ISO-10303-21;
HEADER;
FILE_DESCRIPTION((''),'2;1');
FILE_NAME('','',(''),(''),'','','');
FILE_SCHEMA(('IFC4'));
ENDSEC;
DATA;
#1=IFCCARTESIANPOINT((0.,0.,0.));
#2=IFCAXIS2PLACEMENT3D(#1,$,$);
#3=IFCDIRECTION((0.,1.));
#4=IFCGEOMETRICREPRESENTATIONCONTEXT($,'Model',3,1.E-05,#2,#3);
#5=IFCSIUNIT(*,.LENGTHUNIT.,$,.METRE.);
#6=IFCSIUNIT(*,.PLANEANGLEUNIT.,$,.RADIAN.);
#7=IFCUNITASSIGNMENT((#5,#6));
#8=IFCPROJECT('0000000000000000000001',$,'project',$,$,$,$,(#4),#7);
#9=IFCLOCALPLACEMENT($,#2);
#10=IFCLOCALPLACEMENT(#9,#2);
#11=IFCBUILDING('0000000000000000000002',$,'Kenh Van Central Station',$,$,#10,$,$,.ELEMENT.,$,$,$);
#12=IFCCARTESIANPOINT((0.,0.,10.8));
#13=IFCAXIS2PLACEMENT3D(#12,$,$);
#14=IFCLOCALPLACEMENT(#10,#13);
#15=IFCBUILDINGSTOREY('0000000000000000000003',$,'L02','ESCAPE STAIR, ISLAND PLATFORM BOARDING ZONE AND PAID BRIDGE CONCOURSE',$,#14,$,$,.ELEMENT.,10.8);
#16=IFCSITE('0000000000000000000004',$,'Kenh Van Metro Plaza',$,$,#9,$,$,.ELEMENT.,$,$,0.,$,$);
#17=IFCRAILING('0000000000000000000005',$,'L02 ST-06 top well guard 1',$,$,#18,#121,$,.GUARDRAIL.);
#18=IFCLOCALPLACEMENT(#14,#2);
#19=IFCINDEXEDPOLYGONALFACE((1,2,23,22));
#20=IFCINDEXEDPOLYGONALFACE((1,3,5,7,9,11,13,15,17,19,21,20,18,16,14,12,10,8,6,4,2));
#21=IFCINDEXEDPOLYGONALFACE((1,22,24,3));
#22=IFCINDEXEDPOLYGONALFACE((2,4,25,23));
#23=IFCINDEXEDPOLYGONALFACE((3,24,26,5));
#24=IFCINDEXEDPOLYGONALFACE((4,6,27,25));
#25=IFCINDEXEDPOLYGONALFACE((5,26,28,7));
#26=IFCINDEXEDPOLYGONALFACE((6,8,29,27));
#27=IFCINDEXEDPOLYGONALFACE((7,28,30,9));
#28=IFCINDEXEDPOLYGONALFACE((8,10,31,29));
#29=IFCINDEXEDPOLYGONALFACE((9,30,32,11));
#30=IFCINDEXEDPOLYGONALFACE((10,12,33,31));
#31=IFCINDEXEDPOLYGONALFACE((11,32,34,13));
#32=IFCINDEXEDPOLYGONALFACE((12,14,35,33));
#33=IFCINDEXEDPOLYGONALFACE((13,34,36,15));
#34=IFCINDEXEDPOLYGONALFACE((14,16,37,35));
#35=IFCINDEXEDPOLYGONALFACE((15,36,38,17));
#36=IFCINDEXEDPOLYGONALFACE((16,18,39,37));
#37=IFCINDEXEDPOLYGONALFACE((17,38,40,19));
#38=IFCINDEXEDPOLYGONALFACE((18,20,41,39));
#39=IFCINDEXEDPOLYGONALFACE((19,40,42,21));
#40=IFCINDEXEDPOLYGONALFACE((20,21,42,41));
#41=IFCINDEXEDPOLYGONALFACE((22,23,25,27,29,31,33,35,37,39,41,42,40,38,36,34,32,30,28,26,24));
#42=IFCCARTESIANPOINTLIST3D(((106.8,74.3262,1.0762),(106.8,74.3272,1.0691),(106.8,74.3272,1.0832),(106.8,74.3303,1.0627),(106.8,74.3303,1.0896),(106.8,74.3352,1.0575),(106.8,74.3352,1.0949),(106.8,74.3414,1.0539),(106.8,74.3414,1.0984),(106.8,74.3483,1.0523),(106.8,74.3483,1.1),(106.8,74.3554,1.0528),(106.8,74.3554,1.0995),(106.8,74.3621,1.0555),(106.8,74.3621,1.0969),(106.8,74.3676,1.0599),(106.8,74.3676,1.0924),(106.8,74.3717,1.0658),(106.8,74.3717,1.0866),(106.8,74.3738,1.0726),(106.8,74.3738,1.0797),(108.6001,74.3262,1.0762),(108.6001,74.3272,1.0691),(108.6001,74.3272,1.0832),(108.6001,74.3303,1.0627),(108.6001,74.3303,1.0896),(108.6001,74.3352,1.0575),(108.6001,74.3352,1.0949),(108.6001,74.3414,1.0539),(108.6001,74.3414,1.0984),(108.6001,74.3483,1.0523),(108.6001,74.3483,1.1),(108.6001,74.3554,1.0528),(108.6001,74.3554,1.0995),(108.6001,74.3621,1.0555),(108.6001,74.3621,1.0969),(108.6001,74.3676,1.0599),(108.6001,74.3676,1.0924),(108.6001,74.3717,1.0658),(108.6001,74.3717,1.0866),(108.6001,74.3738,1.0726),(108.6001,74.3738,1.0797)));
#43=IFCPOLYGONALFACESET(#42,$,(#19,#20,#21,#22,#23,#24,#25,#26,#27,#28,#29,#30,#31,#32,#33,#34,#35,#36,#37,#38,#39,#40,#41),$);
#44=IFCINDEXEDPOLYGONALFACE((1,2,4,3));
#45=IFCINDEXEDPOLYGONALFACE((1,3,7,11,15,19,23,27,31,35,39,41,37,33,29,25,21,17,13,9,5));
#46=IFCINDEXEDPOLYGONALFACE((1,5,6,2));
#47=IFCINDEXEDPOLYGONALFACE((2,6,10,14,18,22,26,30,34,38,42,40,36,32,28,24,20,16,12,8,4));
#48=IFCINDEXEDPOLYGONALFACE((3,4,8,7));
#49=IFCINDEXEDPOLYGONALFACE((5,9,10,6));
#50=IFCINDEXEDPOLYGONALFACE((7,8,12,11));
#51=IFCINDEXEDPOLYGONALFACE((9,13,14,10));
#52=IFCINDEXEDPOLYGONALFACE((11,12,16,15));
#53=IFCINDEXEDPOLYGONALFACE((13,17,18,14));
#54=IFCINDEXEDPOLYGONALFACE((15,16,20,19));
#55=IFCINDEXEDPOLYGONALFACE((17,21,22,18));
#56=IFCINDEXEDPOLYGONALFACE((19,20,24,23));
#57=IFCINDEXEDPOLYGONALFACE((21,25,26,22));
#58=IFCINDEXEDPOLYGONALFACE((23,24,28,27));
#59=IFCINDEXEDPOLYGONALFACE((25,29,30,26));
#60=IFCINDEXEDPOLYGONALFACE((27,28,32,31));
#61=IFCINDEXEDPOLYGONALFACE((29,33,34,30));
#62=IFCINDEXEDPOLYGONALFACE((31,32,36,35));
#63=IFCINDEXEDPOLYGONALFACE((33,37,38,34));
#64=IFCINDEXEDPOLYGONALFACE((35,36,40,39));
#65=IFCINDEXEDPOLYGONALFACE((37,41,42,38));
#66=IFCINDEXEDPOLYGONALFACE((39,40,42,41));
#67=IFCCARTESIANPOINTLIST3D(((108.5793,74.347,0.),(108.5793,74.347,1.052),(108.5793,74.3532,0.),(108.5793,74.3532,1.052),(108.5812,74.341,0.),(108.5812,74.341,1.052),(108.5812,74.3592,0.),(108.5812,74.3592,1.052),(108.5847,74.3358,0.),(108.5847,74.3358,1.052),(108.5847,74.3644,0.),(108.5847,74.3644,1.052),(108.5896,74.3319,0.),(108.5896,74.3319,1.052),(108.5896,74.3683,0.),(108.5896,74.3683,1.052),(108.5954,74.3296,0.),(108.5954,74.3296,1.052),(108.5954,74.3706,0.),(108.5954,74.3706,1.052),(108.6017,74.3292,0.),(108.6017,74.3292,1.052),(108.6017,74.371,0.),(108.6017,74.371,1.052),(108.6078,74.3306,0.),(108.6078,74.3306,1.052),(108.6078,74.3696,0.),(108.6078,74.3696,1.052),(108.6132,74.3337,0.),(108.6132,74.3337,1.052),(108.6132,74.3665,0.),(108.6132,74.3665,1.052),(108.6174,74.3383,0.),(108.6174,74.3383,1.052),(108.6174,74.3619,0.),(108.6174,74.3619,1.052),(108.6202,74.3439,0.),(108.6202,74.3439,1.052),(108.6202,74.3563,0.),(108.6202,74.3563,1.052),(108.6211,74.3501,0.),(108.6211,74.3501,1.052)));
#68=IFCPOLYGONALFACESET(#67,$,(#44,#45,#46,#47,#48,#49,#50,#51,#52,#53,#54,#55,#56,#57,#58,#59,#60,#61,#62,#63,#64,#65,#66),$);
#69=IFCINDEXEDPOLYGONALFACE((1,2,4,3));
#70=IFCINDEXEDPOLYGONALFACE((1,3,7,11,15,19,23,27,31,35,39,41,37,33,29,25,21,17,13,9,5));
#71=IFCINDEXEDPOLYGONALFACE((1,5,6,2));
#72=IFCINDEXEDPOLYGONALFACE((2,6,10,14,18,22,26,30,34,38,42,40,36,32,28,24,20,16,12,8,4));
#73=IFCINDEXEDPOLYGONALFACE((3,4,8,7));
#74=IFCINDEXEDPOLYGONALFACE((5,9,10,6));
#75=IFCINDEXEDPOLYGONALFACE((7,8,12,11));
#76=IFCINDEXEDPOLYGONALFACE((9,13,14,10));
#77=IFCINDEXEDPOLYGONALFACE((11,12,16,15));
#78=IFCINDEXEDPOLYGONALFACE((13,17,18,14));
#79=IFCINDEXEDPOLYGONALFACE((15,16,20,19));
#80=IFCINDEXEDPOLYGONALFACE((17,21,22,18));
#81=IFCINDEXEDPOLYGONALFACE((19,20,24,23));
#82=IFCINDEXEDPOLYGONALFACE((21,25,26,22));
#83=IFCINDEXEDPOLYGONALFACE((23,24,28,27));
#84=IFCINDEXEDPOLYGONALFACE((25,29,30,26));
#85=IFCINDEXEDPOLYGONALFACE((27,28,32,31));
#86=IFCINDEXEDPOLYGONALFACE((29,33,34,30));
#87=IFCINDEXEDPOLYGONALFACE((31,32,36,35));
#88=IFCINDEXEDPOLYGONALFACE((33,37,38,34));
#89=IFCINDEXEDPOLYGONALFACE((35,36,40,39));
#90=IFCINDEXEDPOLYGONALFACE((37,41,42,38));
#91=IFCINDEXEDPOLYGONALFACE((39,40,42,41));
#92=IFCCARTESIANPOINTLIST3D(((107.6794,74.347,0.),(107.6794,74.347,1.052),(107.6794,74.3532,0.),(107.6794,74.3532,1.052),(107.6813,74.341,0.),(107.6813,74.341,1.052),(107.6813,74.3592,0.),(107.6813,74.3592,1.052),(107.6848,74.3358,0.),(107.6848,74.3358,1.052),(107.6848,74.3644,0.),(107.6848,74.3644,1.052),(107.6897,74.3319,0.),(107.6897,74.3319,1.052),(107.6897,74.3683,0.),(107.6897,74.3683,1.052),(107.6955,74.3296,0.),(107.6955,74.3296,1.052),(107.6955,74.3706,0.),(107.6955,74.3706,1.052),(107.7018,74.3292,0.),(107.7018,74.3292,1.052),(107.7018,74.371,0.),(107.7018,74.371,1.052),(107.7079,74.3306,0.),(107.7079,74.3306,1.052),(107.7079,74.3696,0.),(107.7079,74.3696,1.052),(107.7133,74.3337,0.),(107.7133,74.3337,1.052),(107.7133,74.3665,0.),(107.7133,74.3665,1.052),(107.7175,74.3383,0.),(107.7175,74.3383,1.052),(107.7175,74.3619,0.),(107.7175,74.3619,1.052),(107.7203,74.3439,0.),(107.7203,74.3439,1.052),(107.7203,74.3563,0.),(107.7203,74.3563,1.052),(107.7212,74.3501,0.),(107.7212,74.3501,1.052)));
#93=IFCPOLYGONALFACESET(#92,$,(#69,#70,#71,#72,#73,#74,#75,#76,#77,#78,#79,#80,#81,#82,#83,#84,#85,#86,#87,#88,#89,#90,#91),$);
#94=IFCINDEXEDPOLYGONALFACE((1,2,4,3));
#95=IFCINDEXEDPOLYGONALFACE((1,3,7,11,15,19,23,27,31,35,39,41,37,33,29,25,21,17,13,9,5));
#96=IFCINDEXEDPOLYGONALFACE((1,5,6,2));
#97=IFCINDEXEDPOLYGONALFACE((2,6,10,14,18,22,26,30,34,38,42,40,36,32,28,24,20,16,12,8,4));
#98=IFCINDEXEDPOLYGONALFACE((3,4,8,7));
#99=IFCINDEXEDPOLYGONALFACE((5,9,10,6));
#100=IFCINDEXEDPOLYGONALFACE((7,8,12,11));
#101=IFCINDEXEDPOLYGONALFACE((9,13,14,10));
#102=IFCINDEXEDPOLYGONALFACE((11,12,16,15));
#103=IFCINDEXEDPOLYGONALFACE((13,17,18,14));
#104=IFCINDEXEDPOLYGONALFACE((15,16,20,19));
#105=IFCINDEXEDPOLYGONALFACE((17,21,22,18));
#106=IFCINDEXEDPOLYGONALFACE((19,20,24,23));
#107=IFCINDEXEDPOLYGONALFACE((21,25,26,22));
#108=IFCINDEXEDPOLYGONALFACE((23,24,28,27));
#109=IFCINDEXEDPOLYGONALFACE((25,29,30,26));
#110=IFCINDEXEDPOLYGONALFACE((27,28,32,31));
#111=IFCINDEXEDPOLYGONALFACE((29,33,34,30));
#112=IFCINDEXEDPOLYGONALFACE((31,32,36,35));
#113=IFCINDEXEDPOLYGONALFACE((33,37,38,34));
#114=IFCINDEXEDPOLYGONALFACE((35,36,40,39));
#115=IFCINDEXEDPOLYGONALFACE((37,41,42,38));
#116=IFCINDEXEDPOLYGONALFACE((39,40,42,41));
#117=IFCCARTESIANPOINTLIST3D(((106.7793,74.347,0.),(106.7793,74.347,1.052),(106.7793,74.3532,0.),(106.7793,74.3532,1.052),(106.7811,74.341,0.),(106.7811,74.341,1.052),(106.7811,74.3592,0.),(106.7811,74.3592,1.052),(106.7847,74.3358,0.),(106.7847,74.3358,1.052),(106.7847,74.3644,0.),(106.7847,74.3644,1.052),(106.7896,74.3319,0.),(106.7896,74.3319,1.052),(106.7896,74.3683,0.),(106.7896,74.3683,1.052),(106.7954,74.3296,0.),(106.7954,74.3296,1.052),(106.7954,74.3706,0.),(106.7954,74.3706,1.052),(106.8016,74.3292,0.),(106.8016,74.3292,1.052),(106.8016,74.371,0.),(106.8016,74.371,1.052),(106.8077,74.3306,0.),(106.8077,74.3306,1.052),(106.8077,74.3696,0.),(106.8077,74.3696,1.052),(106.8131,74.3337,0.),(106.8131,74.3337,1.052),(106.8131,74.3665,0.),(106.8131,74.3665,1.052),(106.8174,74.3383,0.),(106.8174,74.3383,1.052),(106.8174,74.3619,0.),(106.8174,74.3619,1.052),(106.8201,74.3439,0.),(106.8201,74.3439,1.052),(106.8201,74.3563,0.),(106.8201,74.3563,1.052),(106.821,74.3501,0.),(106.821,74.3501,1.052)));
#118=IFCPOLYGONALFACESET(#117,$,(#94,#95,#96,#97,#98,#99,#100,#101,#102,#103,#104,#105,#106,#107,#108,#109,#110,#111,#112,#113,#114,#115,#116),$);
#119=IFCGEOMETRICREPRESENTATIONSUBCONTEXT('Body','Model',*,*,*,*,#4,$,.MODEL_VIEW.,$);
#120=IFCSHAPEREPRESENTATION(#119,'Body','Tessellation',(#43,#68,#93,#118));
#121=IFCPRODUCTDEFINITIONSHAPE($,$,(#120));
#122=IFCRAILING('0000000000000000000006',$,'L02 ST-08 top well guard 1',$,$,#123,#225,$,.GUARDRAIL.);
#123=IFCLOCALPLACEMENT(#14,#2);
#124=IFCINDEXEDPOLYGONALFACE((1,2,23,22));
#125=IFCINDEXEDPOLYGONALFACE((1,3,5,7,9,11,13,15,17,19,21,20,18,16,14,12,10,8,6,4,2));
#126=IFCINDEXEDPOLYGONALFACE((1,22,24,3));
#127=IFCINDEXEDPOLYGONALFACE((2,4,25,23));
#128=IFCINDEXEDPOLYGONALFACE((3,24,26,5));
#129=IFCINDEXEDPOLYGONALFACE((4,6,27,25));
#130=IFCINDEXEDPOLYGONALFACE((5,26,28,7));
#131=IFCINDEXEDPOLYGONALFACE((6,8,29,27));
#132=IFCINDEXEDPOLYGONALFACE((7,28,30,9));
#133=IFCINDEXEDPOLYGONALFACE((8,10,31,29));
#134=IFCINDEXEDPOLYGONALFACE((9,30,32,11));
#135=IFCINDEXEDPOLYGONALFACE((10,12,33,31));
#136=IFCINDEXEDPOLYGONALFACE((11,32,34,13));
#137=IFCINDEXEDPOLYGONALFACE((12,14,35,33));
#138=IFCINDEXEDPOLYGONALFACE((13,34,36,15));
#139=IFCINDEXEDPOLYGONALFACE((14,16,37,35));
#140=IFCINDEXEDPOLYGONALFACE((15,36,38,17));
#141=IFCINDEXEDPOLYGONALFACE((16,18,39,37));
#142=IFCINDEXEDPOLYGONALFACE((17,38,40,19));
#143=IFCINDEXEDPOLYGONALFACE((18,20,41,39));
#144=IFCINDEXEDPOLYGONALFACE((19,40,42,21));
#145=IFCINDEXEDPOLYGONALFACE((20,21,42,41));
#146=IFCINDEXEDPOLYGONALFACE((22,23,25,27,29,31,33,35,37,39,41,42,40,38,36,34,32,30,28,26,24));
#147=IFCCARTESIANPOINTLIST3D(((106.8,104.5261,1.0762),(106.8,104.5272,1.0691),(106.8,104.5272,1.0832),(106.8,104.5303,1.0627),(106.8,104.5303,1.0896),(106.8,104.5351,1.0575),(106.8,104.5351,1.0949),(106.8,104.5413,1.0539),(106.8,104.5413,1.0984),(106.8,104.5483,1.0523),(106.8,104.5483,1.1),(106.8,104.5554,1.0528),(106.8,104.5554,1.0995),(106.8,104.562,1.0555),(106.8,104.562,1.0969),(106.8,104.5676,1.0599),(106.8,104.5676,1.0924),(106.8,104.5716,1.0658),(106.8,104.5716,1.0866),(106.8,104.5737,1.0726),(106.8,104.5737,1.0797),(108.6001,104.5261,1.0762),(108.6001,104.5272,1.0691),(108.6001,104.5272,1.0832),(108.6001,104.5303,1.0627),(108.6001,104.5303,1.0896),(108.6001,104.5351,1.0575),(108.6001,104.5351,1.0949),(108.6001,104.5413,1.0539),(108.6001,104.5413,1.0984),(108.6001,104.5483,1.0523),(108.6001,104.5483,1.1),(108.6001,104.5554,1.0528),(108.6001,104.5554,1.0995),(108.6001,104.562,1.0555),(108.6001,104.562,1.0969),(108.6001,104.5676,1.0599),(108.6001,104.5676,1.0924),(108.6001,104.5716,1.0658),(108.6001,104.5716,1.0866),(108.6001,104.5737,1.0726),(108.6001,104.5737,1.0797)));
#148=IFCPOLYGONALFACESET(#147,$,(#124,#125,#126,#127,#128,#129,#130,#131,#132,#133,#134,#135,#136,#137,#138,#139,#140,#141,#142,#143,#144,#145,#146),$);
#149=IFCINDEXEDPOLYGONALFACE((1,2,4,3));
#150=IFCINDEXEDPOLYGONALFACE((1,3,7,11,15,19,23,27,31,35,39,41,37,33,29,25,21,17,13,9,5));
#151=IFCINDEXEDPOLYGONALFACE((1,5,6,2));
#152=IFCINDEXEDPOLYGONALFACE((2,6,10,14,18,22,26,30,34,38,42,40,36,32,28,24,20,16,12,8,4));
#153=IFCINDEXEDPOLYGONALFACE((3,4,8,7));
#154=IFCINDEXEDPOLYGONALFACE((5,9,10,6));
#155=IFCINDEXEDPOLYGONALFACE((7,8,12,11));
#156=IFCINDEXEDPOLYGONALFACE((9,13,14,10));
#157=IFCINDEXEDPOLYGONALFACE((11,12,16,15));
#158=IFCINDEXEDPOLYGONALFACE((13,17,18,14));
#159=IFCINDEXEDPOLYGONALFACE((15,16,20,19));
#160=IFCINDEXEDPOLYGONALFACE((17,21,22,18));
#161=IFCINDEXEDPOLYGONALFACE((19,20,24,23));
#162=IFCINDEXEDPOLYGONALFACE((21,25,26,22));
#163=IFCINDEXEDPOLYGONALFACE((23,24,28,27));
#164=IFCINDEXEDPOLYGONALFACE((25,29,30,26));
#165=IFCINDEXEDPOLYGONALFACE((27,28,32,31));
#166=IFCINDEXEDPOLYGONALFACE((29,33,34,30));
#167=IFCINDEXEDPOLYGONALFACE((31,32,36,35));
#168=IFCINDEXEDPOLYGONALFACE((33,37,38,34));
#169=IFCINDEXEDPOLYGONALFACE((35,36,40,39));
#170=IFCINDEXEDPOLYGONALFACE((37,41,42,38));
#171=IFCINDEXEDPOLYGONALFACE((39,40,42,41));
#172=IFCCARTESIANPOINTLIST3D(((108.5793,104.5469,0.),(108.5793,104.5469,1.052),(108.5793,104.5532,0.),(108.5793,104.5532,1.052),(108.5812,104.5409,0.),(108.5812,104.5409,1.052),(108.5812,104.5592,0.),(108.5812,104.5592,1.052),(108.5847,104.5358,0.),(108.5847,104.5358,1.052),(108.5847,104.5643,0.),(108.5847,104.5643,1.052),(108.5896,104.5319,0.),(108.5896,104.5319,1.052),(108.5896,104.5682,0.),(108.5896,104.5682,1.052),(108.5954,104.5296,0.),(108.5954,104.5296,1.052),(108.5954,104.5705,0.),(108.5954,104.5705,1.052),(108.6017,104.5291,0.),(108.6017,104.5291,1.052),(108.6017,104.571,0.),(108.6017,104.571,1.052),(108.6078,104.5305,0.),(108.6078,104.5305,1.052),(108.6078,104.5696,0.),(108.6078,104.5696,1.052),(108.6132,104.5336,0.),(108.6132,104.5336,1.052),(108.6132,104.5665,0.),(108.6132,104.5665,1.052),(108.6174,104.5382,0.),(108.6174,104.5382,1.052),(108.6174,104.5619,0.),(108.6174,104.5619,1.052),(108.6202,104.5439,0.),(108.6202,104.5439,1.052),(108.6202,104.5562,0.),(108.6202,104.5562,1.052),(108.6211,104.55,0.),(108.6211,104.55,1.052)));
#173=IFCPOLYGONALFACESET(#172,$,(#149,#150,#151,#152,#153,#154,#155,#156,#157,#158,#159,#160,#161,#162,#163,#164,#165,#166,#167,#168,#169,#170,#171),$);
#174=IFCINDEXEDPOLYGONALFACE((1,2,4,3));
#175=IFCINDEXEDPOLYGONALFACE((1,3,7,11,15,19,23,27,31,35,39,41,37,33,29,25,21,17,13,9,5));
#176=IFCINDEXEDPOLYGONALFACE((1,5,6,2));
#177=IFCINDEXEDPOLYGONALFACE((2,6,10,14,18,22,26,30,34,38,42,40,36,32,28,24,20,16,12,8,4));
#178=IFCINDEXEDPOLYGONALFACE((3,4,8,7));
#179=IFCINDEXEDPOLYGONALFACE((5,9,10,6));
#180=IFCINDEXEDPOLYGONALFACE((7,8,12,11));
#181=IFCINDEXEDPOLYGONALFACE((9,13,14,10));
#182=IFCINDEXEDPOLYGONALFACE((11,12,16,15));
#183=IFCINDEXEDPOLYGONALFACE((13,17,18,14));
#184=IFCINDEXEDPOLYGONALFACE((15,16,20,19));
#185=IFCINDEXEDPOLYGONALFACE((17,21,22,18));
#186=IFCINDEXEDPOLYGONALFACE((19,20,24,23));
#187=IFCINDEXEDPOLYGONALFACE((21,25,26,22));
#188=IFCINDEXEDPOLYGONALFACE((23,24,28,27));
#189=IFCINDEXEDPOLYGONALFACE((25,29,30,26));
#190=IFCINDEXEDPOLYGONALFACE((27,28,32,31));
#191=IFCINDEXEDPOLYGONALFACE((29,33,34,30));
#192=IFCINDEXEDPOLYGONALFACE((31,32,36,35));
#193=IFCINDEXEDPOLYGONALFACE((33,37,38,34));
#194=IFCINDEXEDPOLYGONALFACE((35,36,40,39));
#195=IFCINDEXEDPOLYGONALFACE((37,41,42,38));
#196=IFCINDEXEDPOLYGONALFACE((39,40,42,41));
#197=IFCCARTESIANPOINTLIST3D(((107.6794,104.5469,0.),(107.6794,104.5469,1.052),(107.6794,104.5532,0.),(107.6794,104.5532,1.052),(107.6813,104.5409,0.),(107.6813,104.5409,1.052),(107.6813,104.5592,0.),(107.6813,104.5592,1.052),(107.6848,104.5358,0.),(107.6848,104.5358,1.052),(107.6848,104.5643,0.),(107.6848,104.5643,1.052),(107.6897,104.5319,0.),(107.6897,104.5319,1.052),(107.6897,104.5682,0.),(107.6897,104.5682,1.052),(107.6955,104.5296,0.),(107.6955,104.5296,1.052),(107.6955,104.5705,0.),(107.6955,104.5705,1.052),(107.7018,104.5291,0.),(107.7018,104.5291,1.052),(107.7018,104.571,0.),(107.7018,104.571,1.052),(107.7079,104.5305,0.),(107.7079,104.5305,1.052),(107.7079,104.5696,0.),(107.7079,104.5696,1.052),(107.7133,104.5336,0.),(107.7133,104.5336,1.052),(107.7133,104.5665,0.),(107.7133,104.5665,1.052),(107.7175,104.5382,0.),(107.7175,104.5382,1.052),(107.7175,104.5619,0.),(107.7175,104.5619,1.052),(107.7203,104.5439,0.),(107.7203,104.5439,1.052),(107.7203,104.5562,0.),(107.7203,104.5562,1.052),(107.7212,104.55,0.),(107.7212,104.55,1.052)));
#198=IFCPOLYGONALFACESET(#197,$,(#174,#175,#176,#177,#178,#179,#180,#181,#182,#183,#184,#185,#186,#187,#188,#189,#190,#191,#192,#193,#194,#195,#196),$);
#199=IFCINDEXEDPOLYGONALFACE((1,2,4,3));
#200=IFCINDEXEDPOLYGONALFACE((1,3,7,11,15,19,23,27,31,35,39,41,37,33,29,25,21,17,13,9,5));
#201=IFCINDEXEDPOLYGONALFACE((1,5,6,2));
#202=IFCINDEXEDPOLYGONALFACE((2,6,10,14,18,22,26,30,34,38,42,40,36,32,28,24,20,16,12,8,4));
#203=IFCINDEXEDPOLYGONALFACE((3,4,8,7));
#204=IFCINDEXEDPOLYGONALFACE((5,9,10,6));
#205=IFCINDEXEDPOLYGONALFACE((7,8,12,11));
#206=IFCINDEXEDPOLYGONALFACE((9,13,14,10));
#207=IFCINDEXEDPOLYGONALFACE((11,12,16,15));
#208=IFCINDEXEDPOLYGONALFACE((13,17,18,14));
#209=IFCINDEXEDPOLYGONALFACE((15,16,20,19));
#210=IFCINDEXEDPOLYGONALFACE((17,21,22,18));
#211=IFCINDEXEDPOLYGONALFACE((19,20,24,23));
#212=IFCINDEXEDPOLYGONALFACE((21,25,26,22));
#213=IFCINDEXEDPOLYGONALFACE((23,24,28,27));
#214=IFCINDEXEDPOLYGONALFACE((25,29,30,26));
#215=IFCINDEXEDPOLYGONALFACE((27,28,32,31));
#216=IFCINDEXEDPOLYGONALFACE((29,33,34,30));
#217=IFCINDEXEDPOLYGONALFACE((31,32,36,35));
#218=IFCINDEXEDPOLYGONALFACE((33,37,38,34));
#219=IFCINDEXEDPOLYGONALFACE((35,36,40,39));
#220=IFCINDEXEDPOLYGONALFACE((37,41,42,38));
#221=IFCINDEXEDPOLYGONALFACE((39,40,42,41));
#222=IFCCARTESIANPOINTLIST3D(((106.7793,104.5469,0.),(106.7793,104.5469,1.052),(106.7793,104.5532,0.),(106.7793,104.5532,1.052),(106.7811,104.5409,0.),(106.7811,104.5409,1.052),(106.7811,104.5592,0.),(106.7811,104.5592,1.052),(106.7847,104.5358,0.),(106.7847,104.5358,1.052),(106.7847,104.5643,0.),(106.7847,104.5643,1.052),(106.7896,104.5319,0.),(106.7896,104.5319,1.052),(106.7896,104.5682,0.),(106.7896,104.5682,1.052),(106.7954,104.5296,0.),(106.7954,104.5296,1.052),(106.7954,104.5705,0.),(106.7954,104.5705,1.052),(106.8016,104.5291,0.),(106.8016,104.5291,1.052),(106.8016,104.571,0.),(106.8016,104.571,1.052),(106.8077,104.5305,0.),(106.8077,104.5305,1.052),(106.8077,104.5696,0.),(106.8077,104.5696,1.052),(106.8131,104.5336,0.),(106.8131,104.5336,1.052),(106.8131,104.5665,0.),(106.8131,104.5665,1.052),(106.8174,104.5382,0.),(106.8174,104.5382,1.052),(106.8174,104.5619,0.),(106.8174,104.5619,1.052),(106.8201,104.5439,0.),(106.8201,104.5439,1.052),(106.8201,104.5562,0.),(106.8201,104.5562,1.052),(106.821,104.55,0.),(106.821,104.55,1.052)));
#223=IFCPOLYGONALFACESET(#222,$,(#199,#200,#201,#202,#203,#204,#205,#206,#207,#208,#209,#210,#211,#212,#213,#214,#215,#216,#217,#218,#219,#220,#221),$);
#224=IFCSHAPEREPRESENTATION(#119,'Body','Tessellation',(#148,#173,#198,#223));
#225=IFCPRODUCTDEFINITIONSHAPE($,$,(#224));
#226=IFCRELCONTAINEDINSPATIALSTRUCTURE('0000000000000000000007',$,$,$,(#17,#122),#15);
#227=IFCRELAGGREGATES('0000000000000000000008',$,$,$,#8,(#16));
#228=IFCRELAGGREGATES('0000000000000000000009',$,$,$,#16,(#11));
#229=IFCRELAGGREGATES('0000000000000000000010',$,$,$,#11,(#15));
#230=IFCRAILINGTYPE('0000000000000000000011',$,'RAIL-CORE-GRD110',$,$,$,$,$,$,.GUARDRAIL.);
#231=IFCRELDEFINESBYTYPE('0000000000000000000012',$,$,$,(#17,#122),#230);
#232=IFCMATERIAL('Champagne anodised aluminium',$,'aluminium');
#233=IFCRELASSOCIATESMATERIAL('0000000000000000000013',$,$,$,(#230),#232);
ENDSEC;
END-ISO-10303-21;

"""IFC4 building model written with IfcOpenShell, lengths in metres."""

from ifc_helpers import new_model, si_unit, direction, frame, origin, origin_2d, place, context, subcontext, project, spatial, circle, extrude, material, type_object, element, save


model = new_model("IFC4")

# Units and contexts
model_context = context("Model", 3, precision=1e-05, world=origin(), true_north=direction((0.0, 1.0)))
body_context = subcontext(model_context, "Body", "Model", "MODEL_VIEW")
ifc_project = project(units=[si_unit("LENGTHUNIT", "METRE"), si_unit("PLANEANGLEUNIT", "RADIAN")], contexts=[model_context])

# Site, building, storey
site_placement = place(None, origin())
site = spatial("IfcSite", under=ifc_project, at=site_placement, Name="Kenh Van Metro Plaza", CompositionType="ELEMENT", RefElevation=0.0)
building_placement = place(site_placement, origin())
building = spatial("IfcBuilding", under=site, at=building_placement, Name="Kenh Van Central Station", CompositionType="ELEMENT")
storey_placement = place(building_placement, frame((0.0, 0.0, 10.8)))
storey = spatial("IfcBuildingStorey", under=building, at=storey_placement, Name="L02", Description="ESCAPE STAIR, ISLAND PLATFORM BOARDING ZONE AND PAID BRIDGE CONCOURSE", CompositionType="ELEMENT", Elevation=10.8)

# Shared definitions
ifc_material_1 = material(Name="Champagne anodised aluminium", Category="aluminium")

# Railings
railing_type_1 = type_object("IfcRailingType", Name="RAIL-CORE-GRD110", PredefinedType="GUARDRAIL", material=ifc_material_1)
for number, where, name in (
    (1, (108.6001, 74.3501, 0.0), "L02 ST-06 top well guard 1"),
    (2, (108.6001, 104.55, 0.0), "L02 ST-08 top well guard 1"),
):
    element("IfcRailing", number, at=place(storey_placement, frame(where)), inside=storey, type_object=railing_type_1, Name=name, PredefinedType="GUARDRAIL", context=body_context, shape_type="SweptSolid", body=[
        extrude(circle(Radius=0.0239, at=origin_2d()), frame((0.0, 0.0, 1.0762), z_axis=(-1.0, 0.0, 0.0), x_axis=(0.0, -1.0, 0.0)), (0.0, 0.0, 1.0), 1.8),
        extrude(circle(Radius=0.021, at=origin_2d()), origin(), (0.0, 0.0, 1.0), 1.052),
        extrude(circle(Radius=0.021, at=origin_2d()), frame((-0.8999, 0.0, 0.0)), (0.0, 0.0, 1.0), 1.052),
        extrude(circle(Radius=0.021, at=origin_2d()), frame((-1.8, 0.0, 0.0)), (0.0, 0.0, 1.0), 1.052),
    ])

save(model, "model.ifc")
